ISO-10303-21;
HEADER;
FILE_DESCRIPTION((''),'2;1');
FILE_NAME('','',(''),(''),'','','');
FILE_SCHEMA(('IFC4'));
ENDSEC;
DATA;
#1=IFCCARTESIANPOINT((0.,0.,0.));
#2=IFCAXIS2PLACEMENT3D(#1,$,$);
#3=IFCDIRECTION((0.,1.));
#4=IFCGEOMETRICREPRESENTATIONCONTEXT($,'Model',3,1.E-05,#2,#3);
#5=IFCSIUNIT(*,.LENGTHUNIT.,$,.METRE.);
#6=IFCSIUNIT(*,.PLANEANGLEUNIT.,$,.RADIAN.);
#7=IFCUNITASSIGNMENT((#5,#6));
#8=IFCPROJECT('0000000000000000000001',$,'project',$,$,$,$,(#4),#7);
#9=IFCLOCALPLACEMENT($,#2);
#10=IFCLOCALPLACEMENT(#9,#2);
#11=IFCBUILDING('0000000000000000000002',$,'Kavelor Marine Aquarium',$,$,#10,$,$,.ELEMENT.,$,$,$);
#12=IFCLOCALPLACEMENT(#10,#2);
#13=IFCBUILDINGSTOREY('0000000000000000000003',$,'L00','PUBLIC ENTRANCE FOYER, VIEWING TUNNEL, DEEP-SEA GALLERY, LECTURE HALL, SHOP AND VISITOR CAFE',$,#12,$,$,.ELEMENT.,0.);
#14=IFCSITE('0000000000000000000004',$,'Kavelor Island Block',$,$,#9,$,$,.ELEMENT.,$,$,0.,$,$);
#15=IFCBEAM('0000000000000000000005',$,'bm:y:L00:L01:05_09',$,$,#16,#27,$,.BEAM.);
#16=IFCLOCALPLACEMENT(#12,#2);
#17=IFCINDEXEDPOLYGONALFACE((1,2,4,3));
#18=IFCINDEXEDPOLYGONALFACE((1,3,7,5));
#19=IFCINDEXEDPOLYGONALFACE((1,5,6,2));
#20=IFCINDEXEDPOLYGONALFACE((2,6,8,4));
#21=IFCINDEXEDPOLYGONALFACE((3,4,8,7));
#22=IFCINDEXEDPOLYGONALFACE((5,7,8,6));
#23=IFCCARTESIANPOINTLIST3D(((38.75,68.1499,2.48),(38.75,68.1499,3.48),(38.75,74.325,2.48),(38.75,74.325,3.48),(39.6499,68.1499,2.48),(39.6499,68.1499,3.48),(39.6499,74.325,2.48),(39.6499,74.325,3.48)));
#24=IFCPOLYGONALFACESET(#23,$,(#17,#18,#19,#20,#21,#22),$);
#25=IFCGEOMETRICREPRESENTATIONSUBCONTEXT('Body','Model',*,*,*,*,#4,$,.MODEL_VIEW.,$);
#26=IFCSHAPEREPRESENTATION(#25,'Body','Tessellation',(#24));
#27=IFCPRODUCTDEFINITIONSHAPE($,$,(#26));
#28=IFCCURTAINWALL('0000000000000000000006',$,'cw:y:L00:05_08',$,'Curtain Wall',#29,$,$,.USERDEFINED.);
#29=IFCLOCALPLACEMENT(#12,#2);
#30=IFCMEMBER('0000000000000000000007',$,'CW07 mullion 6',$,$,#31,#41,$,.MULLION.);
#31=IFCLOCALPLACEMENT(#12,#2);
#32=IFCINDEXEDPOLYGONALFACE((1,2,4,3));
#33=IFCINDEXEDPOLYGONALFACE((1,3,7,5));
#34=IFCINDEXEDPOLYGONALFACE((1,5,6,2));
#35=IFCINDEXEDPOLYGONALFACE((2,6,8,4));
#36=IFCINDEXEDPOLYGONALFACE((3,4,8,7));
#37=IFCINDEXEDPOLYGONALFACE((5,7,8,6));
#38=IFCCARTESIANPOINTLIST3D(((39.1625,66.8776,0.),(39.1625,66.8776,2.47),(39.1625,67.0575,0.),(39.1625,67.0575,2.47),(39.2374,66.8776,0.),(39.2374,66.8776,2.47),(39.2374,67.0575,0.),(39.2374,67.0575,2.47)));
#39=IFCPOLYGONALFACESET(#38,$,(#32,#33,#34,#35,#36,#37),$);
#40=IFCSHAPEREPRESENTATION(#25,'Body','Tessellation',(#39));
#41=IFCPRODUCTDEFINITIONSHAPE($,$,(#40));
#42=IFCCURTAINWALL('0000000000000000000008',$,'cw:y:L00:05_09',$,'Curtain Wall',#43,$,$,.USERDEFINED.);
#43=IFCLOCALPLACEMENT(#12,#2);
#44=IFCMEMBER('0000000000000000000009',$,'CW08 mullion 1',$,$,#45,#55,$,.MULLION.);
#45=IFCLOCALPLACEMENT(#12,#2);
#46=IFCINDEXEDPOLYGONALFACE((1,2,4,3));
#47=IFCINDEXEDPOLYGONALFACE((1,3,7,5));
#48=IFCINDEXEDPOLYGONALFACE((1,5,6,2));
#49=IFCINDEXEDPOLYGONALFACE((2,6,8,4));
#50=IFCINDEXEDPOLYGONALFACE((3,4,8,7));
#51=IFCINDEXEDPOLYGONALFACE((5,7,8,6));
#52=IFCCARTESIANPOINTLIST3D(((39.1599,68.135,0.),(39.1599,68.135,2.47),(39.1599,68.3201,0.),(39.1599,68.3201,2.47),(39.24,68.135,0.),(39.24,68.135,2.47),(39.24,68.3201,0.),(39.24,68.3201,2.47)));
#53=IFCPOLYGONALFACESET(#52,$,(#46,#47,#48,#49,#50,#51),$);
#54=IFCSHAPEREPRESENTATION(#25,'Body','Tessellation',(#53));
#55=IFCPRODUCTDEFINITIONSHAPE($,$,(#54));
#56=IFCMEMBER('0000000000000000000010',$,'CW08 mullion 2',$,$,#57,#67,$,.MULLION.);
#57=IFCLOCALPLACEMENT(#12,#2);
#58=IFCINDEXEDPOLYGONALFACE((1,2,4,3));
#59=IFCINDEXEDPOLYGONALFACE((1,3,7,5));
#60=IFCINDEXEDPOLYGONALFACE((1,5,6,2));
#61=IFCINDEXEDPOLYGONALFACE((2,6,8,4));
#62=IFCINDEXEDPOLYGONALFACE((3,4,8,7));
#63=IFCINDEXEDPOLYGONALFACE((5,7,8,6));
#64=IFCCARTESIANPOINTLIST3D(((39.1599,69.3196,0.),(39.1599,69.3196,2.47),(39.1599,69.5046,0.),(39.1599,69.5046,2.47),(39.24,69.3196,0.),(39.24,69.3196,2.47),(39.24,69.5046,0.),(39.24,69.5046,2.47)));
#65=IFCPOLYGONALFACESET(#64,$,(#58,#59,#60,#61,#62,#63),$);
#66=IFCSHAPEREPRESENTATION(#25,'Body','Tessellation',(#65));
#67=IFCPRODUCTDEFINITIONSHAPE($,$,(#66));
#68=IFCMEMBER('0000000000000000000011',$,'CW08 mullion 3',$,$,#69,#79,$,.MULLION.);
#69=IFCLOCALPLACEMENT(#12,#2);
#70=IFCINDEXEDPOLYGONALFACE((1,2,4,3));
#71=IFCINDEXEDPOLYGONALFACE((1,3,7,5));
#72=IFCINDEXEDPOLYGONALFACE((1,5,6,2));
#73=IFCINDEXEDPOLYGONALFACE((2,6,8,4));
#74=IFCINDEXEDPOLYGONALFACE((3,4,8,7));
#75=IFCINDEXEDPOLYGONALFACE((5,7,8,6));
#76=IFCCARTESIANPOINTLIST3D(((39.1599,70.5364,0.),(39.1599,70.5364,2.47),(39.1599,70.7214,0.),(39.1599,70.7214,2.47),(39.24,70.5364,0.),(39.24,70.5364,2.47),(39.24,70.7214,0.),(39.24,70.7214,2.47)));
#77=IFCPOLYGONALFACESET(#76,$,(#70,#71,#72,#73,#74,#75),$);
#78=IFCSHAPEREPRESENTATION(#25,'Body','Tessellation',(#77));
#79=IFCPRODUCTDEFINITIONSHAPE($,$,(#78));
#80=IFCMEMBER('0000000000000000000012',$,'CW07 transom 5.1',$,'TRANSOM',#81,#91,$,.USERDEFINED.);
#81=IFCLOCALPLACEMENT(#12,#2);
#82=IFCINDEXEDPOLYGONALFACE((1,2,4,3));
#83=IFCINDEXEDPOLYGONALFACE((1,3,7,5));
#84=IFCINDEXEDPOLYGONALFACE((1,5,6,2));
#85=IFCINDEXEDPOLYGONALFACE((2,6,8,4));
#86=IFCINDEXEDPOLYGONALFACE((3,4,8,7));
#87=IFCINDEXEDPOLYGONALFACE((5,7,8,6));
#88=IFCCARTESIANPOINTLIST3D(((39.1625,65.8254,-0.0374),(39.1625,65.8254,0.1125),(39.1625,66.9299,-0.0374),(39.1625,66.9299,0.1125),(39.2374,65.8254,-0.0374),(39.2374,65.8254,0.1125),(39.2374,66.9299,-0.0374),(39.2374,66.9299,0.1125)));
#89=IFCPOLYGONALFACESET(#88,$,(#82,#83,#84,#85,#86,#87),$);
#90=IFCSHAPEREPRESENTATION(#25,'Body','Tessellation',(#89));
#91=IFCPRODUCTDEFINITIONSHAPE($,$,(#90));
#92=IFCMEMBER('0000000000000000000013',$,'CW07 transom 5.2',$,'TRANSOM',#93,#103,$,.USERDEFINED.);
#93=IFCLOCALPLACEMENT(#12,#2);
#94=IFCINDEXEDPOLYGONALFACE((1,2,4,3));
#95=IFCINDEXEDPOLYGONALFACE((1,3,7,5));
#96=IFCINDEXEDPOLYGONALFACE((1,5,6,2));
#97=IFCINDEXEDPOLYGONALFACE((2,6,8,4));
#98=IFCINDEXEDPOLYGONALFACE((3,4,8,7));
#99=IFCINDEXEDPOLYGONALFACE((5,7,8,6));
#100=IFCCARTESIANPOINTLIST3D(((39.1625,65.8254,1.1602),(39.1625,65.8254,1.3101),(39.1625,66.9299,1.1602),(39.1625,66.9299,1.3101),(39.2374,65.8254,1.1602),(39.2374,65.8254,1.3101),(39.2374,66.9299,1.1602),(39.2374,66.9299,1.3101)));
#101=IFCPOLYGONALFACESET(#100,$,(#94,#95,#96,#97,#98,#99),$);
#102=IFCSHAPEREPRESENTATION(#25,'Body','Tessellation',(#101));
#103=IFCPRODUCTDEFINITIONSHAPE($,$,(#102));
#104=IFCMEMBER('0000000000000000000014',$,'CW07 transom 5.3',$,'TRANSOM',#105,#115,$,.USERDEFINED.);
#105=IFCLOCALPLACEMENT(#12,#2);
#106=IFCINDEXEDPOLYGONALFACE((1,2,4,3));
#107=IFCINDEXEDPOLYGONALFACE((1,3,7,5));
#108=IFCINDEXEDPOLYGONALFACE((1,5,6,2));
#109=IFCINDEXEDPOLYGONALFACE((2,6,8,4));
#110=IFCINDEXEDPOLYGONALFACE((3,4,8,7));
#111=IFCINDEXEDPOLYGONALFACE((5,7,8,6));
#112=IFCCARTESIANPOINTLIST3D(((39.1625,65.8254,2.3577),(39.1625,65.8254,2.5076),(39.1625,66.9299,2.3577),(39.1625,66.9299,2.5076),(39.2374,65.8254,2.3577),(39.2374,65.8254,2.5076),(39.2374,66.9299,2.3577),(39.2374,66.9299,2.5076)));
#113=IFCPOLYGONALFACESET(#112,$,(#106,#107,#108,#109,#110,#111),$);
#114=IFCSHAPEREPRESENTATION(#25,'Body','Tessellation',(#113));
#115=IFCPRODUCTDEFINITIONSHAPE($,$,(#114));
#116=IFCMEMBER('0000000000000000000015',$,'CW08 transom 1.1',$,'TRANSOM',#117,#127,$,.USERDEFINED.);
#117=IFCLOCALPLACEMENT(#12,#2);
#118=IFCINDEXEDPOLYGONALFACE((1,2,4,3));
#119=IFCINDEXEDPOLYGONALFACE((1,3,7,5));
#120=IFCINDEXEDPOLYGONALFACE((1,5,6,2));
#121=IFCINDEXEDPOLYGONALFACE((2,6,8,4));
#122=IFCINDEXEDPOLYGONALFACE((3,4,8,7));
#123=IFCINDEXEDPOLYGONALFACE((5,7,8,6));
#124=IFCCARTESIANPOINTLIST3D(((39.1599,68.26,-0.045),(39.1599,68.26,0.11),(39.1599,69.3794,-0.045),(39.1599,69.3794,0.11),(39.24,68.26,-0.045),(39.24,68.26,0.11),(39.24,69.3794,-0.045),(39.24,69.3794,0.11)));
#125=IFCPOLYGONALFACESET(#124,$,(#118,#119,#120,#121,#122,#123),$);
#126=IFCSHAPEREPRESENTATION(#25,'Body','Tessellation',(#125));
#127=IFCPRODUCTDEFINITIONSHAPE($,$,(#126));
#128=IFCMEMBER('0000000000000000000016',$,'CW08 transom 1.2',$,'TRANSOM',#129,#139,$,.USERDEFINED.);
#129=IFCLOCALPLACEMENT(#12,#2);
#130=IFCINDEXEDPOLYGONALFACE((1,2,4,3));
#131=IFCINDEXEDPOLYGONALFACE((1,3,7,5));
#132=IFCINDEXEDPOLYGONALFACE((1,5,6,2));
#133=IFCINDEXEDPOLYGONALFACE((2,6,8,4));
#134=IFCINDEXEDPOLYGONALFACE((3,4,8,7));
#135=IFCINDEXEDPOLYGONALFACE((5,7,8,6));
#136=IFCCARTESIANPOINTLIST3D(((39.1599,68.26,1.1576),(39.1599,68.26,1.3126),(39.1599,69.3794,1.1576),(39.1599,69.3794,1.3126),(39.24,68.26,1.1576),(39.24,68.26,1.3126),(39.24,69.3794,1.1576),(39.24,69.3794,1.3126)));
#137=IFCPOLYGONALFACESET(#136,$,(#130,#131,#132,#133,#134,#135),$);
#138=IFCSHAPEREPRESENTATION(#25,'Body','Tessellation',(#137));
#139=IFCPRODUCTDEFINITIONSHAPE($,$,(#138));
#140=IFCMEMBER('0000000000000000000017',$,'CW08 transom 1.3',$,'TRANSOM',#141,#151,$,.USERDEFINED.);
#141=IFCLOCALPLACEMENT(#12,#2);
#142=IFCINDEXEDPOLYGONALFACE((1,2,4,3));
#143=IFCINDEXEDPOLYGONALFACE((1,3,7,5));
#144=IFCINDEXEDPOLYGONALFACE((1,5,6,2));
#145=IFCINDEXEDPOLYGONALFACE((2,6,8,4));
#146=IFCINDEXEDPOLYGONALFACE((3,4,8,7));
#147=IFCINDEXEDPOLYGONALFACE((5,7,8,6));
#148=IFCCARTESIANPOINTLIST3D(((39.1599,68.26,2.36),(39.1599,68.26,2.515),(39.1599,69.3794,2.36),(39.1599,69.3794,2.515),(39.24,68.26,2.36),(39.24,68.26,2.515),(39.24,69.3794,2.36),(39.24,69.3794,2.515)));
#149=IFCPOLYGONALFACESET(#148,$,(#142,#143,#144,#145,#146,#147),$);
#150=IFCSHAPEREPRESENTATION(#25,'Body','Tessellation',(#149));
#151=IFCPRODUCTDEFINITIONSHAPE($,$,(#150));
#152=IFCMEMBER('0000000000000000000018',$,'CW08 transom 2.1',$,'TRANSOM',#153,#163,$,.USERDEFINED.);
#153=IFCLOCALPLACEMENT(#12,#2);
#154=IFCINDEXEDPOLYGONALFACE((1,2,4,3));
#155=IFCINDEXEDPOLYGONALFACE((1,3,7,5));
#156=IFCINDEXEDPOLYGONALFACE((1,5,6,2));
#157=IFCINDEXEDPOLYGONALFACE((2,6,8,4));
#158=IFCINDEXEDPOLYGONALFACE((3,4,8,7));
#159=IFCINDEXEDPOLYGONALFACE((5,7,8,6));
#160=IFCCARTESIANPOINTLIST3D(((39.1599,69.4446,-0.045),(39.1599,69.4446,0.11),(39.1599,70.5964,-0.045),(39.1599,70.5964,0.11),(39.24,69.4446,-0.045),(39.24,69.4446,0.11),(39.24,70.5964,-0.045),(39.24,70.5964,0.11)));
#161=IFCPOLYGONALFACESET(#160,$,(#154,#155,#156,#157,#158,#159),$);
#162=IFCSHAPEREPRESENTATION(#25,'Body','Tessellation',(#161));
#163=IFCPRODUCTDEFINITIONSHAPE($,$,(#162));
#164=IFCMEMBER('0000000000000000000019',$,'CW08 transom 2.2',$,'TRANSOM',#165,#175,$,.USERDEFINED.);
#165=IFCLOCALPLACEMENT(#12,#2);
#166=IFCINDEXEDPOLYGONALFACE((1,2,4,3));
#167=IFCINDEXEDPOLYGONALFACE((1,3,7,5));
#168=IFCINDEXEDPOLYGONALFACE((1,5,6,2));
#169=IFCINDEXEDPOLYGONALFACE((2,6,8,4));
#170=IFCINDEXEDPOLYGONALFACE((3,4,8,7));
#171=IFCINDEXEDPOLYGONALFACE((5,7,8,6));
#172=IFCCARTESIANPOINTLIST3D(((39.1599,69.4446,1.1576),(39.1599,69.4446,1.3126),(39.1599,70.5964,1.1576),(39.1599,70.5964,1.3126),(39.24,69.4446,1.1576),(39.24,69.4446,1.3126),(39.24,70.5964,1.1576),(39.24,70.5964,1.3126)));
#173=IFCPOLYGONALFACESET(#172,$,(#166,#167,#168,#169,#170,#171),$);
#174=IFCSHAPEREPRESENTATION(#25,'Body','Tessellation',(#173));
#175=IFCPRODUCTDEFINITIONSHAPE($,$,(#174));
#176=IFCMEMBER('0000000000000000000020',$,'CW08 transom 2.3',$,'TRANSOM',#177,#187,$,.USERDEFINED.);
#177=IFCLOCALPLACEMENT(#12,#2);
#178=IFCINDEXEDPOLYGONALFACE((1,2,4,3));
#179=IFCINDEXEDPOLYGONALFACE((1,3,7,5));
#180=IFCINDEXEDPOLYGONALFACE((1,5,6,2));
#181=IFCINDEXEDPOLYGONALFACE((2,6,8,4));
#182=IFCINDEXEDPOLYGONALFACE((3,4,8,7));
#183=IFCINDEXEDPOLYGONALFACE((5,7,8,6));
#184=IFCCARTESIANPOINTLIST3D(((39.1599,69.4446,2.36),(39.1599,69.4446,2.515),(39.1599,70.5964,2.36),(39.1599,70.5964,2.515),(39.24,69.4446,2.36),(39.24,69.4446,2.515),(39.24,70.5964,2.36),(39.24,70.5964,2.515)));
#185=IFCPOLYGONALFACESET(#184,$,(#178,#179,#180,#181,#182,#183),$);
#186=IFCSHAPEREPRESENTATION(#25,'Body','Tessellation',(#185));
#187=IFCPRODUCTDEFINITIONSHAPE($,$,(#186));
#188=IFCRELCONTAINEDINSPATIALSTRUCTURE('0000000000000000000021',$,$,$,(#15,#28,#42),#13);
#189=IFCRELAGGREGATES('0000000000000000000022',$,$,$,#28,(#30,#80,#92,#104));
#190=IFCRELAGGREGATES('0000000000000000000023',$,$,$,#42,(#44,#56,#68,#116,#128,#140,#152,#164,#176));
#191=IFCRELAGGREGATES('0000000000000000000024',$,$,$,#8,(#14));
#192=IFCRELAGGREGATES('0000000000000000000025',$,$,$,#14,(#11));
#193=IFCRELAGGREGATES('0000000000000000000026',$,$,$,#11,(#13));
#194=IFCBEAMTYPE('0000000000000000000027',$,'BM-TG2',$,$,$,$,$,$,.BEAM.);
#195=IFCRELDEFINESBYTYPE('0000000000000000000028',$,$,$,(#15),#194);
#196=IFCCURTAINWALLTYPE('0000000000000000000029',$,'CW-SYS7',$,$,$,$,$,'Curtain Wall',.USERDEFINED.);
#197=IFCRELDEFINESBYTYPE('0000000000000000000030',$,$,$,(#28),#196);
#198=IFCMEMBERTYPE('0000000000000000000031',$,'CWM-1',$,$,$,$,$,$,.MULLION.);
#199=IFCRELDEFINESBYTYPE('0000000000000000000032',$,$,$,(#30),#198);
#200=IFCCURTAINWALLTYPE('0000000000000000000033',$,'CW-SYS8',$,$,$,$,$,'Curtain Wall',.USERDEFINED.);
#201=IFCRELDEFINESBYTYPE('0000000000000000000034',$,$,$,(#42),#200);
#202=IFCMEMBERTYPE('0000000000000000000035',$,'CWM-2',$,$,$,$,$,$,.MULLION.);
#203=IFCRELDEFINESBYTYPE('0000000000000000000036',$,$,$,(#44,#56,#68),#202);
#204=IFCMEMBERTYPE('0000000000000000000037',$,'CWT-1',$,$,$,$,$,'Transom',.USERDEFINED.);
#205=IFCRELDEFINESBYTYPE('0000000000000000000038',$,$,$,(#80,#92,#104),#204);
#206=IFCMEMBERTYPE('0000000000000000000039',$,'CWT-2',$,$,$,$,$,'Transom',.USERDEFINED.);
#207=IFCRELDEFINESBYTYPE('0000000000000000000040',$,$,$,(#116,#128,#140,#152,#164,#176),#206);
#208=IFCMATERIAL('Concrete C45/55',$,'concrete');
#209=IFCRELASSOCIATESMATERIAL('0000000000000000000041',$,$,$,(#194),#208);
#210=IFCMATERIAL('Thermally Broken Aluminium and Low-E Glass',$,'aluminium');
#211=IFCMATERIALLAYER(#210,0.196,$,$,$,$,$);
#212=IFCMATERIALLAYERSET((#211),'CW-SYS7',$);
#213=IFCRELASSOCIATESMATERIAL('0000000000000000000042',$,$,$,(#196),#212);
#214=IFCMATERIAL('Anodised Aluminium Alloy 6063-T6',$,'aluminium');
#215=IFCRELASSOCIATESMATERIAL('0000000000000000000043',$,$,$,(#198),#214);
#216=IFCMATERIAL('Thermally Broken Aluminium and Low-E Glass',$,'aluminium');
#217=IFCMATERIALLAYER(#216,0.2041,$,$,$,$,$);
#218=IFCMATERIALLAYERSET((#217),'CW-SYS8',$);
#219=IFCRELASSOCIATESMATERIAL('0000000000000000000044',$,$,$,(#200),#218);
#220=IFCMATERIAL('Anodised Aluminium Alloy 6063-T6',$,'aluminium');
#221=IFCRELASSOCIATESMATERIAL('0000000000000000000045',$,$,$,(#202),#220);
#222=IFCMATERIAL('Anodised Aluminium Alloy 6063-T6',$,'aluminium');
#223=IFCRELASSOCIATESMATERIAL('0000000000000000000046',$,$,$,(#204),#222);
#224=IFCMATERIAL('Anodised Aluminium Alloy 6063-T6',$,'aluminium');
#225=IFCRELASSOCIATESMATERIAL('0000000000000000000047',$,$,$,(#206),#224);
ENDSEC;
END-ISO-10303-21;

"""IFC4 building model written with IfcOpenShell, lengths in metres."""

from ifc_helpers import new_model, si_unit, direction, frame, origin, origin_2d, place, context, subcontext, project, spatial, rectangle, extrude, material, layer, layer_set, material_profile, profile_set, type_object, element, aggregate, save


model = new_model("IFC4")

# Units and contexts
model_context = context("Model", 3, precision=1e-05, world=origin(), true_north=direction((0.0, 1.0)))
body_context = subcontext(model_context, "Body", "Model", "MODEL_VIEW")
ifc_project = project(units=[si_unit("LENGTHUNIT", "METRE"), si_unit("PLANEANGLEUNIT", "RADIAN")], contexts=[model_context])

# Site, building, storey
site_placement = place(None, origin())
site = spatial("IfcSite", under=ifc_project, at=site_placement, Name="Kavelor Island Block", CompositionType="ELEMENT", RefElevation=0.0)
building_placement = place(site_placement, origin())
building = spatial("IfcBuilding", under=site, at=building_placement, Name="Kavelor Marine Aquarium", CompositionType="ELEMENT")
storey_placement = place(building_placement, origin())
storey = spatial("IfcBuildingStorey", under=building, at=storey_placement, Name="L00", Description="PUBLIC ENTRANCE FOYER, VIEWING TUNNEL, DEEP-SEA GALLERY, LECTURE HALL, SHOP AND VISITOR CAFE", CompositionType="ELEMENT", Elevation=0.0)

# Beam
ifc_material_1 = material(Name="Concrete C45/55", Category="concrete")
ifc_material_profile_1 = material_profile(ifc_material_1, rectangle(XDim=0.8999, YDim=1.0, at=origin_2d()), Name="RC-TG 900x1000")
ifc_profile_set_1 = profile_set([ifc_material_profile_1], Name="Concrete C45/55")
beam_type_1 = type_object("IfcBeamType", Name="BM-TG2", PredefinedType="BEAM", material=ifc_profile_set_1)
for number, where, z_axis, x_axis, name in (
    (1, (39.2, 68.1499, 2.98), (0.0, 1.0, 0.0), (-1.0, 0.0, 0.0), "bm:y:L00:L01:05_09"),
):
    element("IfcBeam", number, at=place(storey_placement, frame(where, z_axis=z_axis, x_axis=x_axis)), inside=storey, type_object=beam_type_1, Name=name, PredefinedType="BEAM", context=body_context, shape_type="SweptSolid", body=[
        extrude(rectangle(XDim=0.8999, YDim=1.0, at=origin_2d()), origin(), (0.0, 0.0, 1.0), 6.175),
    ])

# Curtain wall, member
ifc_material_2 = material(Name="Thermally Broken Aluminium and Low-E Glass", Category="aluminium")
ifc_layer_1 = layer(ifc_material_2, 0.196)
ifc_layer_set_1 = layer_set([ifc_layer_1], Name="CW-SYS7")
curtain_wall_type_1 = type_object("IfcCurtainWallType", Name="CW-SYS7", ElementType="Curtain Wall", PredefinedType="USERDEFINED", material=ifc_layer_set_1)
curtain_wall_1_placement = place(storey_placement, origin())
curtain_wall_1 = element("IfcCurtainWall", 2, at=curtain_wall_1_placement, inside=storey, type_object=curtain_wall_type_1, Name="cw:y:L00:05_08", ObjectType="Curtain Wall", PredefinedType="USERDEFINED")
ifc_material_3 = material(Name="Anodised Aluminium Alloy 6063-T6", Category="aluminium")
ifc_material_profile_2 = material_profile(ifc_material_3, rectangle(XDim=0.075, YDim=0.1799, at=origin_2d()), Name="CW-MUL 75x180")
ifc_profile_set_2 = profile_set([ifc_material_profile_2], Name="Anodised Aluminium Alloy 6063-T6")
member_type_1 = type_object("IfcMemberType", Name="CWM-1", PredefinedType="MULLION", material=ifc_profile_set_2)
member_1_placement = place(storey_placement, frame((39.2, 66.9675, 0.0), z_axis=(0.0, 0.0, 1.0), x_axis=(-1.0, 0.0, 0.0)))
member_1 = element("IfcMember", 3, at=member_1_placement, type_object=member_type_1, Name="CW07 mullion 6", PredefinedType="MULLION", context=body_context, shape_type="SweptSolid", body=[
    extrude(rectangle(XDim=0.075, YDim=0.1799, at=origin_2d()), origin(), (0.0, 0.0, 1.0), 2.47),
])

# Curtain wall, members
ifc_material_4 = material(Name="Thermally Broken Aluminium and Low-E Glass", Category="aluminium")
ifc_layer_2 = layer(ifc_material_4, 0.2041)
ifc_layer_set_2 = layer_set([ifc_layer_2], Name="CW-SYS8")
curtain_wall_type_2 = type_object("IfcCurtainWallType", Name="CW-SYS8", ElementType="Curtain Wall", PredefinedType="USERDEFINED", material=ifc_layer_set_2)
curtain_wall_2_placement = place(storey_placement, origin())
curtain_wall_2 = element("IfcCurtainWall", 4, at=curtain_wall_2_placement, inside=storey, type_object=curtain_wall_type_2, Name="cw:y:L00:05_09", ObjectType="Curtain Wall", PredefinedType="USERDEFINED")
ifc_material_5 = material(Name="Anodised Aluminium Alloy 6063-T6", Category="aluminium")
ifc_material_profile_3 = material_profile(ifc_material_5, rectangle(XDim=0.0801, YDim=0.1851, at=origin_2d()), Name="CW-MUL 80x185")
ifc_profile_set_3 = profile_set([ifc_material_profile_3], Name="Anodised Aluminium Alloy 6063-T6")
member_type_2 = type_object("IfcMemberType", Name="CWM-2", PredefinedType="MULLION", material=ifc_profile_set_3)
member_2_placement = place(storey_placement, frame((39.2, 68.2275, 0.0), z_axis=(0.0, 0.0, 1.0), x_axis=(-1.0, 0.0, 0.0)))
member_2 = element("IfcMember", 5, at=member_2_placement, type_object=member_type_2, Name="CW08 mullion 1", PredefinedType="MULLION", context=body_context, shape_type="SweptSolid", body=[
    extrude(rectangle(XDim=0.0801, YDim=0.1851, at=origin_2d()), origin(), (0.0, 0.0, 1.0), 2.47),
])
member_3_placement = place(storey_placement, frame((39.2, 69.4121, 0.0), z_axis=(0.0, 0.0, 1.0), x_axis=(-1.0, 0.0, 0.0)))
member_3 = element("IfcMember", 6, at=member_3_placement, type_object=member_type_2, Name="CW08 mullion 2", PredefinedType="MULLION", context=body_context, shape_type="SweptSolid", body=[
    extrude(rectangle(XDim=0.0801, YDim=0.1851, at=origin_2d()), origin(), (0.0, 0.0, 1.0), 2.47),
])
member_4_placement = place(storey_placement, frame((39.2, 70.6289, 0.0), z_axis=(0.0, 0.0, 1.0), x_axis=(-1.0, 0.0, 0.0)))
member_4 = element("IfcMember", 7, at=member_4_placement, type_object=member_type_2, Name="CW08 mullion 3", PredefinedType="MULLION", context=body_context, shape_type="SweptSolid", body=[
    extrude(rectangle(XDim=0.0801, YDim=0.1851, at=origin_2d()), origin(), (0.0, 0.0, 1.0), 2.47),
])

# Members
ifc_material_6 = material(Name="Anodised Aluminium Alloy 6063-T6", Category="aluminium")
ifc_material_profile_4 = material_profile(ifc_material_6, rectangle(XDim=0.075, YDim=0.1499, at=origin_2d()), Name="CW-TRN 75x150")
ifc_profile_set_4 = profile_set([ifc_material_profile_4], Name="Anodised Aluminium Alloy 6063-T6")
member_type_3 = type_object("IfcMemberType", Name="CWT-1", ElementType="Transom", PredefinedType="USERDEFINED", material=ifc_profile_set_4)
member_5_placement = place(storey_placement, frame((39.2, 65.8254, 0.0376), z_axis=(0.0, 1.0, 0.0), x_axis=(-1.0, 0.0, 0.0)))
member_5 = element("IfcMember", 8, at=member_5_placement, type_object=member_type_3, Name="CW07 transom 5.1", ObjectType="TRANSOM", PredefinedType="USERDEFINED", context=body_context, shape_type="SweptSolid", body=[
    extrude(rectangle(XDim=0.075, YDim=0.1499, at=origin_2d()), origin(), (0.0, 0.0, 1.0), 1.1045),
])
member_6_placement = place(storey_placement, frame((39.2, 65.8254, 1.2351), z_axis=(0.0, 1.0, 0.0), x_axis=(-1.0, 0.0, 0.0)))
member_6 = element("IfcMember", 9, at=member_6_placement, type_object=member_type_3, Name="CW07 transom 5.2", ObjectType="TRANSOM", PredefinedType="USERDEFINED", context=body_context, shape_type="SweptSolid", body=[
    extrude(rectangle(XDim=0.075, YDim=0.1499, at=origin_2d()), origin(), (0.0, 0.0, 1.0), 1.1045),
])
member_7_placement = place(storey_placement, frame((39.2, 65.8254, 2.4326), z_axis=(0.0, 1.0, 0.0), x_axis=(-1.0, 0.0, 0.0)))
member_7 = element("IfcMember", 10, at=member_7_placement, type_object=member_type_3, Name="CW07 transom 5.3", ObjectType="TRANSOM", PredefinedType="USERDEFINED", context=body_context, shape_type="SweptSolid", body=[
    extrude(rectangle(XDim=0.075, YDim=0.1499, at=origin_2d()), origin(), (0.0, 0.0, 1.0), 1.1045),
])
ifc_material_7 = material(Name="Anodised Aluminium Alloy 6063-T6", Category="aluminium")
ifc_material_profile_5 = material_profile(ifc_material_7, rectangle(XDim=0.0801, YDim=0.155, at=origin_2d()), Name="CW-TRN 80x155")
ifc_profile_set_5 = profile_set([ifc_material_profile_5], Name="Anodised Aluminium Alloy 6063-T6")
member_type_4 = type_object("IfcMemberType", Name="CWT-2", ElementType="Transom", PredefinedType="USERDEFINED", material=ifc_profile_set_5)
member_8_placement = place(storey_placement, frame((39.2, 68.26, 0.0325), z_axis=(0.0, 1.0, 0.0), x_axis=(-1.0, 0.0, 0.0)))
member_8 = element("IfcMember", 11, at=member_8_placement, type_object=member_type_4, Name="CW08 transom 1.1", ObjectType="TRANSOM", PredefinedType="USERDEFINED", context=body_context, shape_type="SweptSolid", body=[
    extrude(rectangle(XDim=0.0801, YDim=0.155, at=origin_2d()), origin(), (0.0, 0.0, 1.0), 1.1194),
])
member_9_placement = place(storey_placement, frame((39.2, 68.26, 1.2351), z_axis=(0.0, 1.0, 0.0), x_axis=(-1.0, 0.0, 0.0)))
member_9 = element("IfcMember", 12, at=member_9_placement, type_object=member_type_4, Name="CW08 transom 1.2", ObjectType="TRANSOM", PredefinedType="USERDEFINED", context=body_context, shape_type="SweptSolid", body=[
    extrude(rectangle(XDim=0.0801, YDim=0.155, at=origin_2d()), origin(), (0.0, 0.0, 1.0), 1.1194),
])
member_10_placement = place(storey_placement, frame((39.2, 68.26, 2.4375), z_axis=(0.0, 1.0, 0.0), x_axis=(-1.0, 0.0, 0.0)))
member_10 = element("IfcMember", 13, at=member_10_placement, type_object=member_type_4, Name="CW08 transom 1.3", ObjectType="TRANSOM", PredefinedType="USERDEFINED", context=body_context, shape_type="SweptSolid", body=[
    extrude(rectangle(XDim=0.0801, YDim=0.155, at=origin_2d()), origin(), (0.0, 0.0, 1.0), 1.1194),
])
member_11_placement = place(storey_placement, frame((39.2, 69.4446, 0.0325), z_axis=(0.0, 1.0, 0.0), x_axis=(-1.0, 0.0, 0.0)))
member_11 = element("IfcMember", 14, at=member_11_placement, type_object=member_type_4, Name="CW08 transom 2.1", ObjectType="TRANSOM", PredefinedType="USERDEFINED", context=body_context, shape_type="SweptSolid", body=[
    extrude(rectangle(XDim=0.0801, YDim=0.155, at=origin_2d()), origin(), (0.0, 0.0, 1.0), 1.1519),
])
member_12_placement = place(storey_placement, frame((39.2, 69.4446, 1.2351), z_axis=(0.0, 1.0, 0.0), x_axis=(-1.0, 0.0, 0.0)))
member_12 = element("IfcMember", 15, at=member_12_placement, type_object=member_type_4, Name="CW08 transom 2.2", ObjectType="TRANSOM", PredefinedType="USERDEFINED", context=body_context, shape_type="SweptSolid", body=[
    extrude(rectangle(XDim=0.0801, YDim=0.155, at=origin_2d()), origin(), (0.0, 0.0, 1.0), 1.1519),
])
member_13_placement = place(storey_placement, frame((39.2, 69.4446, 2.4375), z_axis=(0.0, 1.0, 0.0), x_axis=(-1.0, 0.0, 0.0)))
member_13 = element("IfcMember", 16, at=member_13_placement, type_object=member_type_4, Name="CW08 transom 2.3", ObjectType="TRANSOM", PredefinedType="USERDEFINED", context=body_context, shape_type="SweptSolid", body=[
    extrude(rectangle(XDim=0.0801, YDim=0.155, at=origin_2d()), origin(), (0.0, 0.0, 1.0), 1.1519),
])

aggregate(curtain_wall_1, [member_1, member_5, member_6, member_7])
aggregate(curtain_wall_2, [member_2, member_3, member_4, member_8, member_9, member_10, member_11, member_12, member_13])

save(model, "model.ifc")
